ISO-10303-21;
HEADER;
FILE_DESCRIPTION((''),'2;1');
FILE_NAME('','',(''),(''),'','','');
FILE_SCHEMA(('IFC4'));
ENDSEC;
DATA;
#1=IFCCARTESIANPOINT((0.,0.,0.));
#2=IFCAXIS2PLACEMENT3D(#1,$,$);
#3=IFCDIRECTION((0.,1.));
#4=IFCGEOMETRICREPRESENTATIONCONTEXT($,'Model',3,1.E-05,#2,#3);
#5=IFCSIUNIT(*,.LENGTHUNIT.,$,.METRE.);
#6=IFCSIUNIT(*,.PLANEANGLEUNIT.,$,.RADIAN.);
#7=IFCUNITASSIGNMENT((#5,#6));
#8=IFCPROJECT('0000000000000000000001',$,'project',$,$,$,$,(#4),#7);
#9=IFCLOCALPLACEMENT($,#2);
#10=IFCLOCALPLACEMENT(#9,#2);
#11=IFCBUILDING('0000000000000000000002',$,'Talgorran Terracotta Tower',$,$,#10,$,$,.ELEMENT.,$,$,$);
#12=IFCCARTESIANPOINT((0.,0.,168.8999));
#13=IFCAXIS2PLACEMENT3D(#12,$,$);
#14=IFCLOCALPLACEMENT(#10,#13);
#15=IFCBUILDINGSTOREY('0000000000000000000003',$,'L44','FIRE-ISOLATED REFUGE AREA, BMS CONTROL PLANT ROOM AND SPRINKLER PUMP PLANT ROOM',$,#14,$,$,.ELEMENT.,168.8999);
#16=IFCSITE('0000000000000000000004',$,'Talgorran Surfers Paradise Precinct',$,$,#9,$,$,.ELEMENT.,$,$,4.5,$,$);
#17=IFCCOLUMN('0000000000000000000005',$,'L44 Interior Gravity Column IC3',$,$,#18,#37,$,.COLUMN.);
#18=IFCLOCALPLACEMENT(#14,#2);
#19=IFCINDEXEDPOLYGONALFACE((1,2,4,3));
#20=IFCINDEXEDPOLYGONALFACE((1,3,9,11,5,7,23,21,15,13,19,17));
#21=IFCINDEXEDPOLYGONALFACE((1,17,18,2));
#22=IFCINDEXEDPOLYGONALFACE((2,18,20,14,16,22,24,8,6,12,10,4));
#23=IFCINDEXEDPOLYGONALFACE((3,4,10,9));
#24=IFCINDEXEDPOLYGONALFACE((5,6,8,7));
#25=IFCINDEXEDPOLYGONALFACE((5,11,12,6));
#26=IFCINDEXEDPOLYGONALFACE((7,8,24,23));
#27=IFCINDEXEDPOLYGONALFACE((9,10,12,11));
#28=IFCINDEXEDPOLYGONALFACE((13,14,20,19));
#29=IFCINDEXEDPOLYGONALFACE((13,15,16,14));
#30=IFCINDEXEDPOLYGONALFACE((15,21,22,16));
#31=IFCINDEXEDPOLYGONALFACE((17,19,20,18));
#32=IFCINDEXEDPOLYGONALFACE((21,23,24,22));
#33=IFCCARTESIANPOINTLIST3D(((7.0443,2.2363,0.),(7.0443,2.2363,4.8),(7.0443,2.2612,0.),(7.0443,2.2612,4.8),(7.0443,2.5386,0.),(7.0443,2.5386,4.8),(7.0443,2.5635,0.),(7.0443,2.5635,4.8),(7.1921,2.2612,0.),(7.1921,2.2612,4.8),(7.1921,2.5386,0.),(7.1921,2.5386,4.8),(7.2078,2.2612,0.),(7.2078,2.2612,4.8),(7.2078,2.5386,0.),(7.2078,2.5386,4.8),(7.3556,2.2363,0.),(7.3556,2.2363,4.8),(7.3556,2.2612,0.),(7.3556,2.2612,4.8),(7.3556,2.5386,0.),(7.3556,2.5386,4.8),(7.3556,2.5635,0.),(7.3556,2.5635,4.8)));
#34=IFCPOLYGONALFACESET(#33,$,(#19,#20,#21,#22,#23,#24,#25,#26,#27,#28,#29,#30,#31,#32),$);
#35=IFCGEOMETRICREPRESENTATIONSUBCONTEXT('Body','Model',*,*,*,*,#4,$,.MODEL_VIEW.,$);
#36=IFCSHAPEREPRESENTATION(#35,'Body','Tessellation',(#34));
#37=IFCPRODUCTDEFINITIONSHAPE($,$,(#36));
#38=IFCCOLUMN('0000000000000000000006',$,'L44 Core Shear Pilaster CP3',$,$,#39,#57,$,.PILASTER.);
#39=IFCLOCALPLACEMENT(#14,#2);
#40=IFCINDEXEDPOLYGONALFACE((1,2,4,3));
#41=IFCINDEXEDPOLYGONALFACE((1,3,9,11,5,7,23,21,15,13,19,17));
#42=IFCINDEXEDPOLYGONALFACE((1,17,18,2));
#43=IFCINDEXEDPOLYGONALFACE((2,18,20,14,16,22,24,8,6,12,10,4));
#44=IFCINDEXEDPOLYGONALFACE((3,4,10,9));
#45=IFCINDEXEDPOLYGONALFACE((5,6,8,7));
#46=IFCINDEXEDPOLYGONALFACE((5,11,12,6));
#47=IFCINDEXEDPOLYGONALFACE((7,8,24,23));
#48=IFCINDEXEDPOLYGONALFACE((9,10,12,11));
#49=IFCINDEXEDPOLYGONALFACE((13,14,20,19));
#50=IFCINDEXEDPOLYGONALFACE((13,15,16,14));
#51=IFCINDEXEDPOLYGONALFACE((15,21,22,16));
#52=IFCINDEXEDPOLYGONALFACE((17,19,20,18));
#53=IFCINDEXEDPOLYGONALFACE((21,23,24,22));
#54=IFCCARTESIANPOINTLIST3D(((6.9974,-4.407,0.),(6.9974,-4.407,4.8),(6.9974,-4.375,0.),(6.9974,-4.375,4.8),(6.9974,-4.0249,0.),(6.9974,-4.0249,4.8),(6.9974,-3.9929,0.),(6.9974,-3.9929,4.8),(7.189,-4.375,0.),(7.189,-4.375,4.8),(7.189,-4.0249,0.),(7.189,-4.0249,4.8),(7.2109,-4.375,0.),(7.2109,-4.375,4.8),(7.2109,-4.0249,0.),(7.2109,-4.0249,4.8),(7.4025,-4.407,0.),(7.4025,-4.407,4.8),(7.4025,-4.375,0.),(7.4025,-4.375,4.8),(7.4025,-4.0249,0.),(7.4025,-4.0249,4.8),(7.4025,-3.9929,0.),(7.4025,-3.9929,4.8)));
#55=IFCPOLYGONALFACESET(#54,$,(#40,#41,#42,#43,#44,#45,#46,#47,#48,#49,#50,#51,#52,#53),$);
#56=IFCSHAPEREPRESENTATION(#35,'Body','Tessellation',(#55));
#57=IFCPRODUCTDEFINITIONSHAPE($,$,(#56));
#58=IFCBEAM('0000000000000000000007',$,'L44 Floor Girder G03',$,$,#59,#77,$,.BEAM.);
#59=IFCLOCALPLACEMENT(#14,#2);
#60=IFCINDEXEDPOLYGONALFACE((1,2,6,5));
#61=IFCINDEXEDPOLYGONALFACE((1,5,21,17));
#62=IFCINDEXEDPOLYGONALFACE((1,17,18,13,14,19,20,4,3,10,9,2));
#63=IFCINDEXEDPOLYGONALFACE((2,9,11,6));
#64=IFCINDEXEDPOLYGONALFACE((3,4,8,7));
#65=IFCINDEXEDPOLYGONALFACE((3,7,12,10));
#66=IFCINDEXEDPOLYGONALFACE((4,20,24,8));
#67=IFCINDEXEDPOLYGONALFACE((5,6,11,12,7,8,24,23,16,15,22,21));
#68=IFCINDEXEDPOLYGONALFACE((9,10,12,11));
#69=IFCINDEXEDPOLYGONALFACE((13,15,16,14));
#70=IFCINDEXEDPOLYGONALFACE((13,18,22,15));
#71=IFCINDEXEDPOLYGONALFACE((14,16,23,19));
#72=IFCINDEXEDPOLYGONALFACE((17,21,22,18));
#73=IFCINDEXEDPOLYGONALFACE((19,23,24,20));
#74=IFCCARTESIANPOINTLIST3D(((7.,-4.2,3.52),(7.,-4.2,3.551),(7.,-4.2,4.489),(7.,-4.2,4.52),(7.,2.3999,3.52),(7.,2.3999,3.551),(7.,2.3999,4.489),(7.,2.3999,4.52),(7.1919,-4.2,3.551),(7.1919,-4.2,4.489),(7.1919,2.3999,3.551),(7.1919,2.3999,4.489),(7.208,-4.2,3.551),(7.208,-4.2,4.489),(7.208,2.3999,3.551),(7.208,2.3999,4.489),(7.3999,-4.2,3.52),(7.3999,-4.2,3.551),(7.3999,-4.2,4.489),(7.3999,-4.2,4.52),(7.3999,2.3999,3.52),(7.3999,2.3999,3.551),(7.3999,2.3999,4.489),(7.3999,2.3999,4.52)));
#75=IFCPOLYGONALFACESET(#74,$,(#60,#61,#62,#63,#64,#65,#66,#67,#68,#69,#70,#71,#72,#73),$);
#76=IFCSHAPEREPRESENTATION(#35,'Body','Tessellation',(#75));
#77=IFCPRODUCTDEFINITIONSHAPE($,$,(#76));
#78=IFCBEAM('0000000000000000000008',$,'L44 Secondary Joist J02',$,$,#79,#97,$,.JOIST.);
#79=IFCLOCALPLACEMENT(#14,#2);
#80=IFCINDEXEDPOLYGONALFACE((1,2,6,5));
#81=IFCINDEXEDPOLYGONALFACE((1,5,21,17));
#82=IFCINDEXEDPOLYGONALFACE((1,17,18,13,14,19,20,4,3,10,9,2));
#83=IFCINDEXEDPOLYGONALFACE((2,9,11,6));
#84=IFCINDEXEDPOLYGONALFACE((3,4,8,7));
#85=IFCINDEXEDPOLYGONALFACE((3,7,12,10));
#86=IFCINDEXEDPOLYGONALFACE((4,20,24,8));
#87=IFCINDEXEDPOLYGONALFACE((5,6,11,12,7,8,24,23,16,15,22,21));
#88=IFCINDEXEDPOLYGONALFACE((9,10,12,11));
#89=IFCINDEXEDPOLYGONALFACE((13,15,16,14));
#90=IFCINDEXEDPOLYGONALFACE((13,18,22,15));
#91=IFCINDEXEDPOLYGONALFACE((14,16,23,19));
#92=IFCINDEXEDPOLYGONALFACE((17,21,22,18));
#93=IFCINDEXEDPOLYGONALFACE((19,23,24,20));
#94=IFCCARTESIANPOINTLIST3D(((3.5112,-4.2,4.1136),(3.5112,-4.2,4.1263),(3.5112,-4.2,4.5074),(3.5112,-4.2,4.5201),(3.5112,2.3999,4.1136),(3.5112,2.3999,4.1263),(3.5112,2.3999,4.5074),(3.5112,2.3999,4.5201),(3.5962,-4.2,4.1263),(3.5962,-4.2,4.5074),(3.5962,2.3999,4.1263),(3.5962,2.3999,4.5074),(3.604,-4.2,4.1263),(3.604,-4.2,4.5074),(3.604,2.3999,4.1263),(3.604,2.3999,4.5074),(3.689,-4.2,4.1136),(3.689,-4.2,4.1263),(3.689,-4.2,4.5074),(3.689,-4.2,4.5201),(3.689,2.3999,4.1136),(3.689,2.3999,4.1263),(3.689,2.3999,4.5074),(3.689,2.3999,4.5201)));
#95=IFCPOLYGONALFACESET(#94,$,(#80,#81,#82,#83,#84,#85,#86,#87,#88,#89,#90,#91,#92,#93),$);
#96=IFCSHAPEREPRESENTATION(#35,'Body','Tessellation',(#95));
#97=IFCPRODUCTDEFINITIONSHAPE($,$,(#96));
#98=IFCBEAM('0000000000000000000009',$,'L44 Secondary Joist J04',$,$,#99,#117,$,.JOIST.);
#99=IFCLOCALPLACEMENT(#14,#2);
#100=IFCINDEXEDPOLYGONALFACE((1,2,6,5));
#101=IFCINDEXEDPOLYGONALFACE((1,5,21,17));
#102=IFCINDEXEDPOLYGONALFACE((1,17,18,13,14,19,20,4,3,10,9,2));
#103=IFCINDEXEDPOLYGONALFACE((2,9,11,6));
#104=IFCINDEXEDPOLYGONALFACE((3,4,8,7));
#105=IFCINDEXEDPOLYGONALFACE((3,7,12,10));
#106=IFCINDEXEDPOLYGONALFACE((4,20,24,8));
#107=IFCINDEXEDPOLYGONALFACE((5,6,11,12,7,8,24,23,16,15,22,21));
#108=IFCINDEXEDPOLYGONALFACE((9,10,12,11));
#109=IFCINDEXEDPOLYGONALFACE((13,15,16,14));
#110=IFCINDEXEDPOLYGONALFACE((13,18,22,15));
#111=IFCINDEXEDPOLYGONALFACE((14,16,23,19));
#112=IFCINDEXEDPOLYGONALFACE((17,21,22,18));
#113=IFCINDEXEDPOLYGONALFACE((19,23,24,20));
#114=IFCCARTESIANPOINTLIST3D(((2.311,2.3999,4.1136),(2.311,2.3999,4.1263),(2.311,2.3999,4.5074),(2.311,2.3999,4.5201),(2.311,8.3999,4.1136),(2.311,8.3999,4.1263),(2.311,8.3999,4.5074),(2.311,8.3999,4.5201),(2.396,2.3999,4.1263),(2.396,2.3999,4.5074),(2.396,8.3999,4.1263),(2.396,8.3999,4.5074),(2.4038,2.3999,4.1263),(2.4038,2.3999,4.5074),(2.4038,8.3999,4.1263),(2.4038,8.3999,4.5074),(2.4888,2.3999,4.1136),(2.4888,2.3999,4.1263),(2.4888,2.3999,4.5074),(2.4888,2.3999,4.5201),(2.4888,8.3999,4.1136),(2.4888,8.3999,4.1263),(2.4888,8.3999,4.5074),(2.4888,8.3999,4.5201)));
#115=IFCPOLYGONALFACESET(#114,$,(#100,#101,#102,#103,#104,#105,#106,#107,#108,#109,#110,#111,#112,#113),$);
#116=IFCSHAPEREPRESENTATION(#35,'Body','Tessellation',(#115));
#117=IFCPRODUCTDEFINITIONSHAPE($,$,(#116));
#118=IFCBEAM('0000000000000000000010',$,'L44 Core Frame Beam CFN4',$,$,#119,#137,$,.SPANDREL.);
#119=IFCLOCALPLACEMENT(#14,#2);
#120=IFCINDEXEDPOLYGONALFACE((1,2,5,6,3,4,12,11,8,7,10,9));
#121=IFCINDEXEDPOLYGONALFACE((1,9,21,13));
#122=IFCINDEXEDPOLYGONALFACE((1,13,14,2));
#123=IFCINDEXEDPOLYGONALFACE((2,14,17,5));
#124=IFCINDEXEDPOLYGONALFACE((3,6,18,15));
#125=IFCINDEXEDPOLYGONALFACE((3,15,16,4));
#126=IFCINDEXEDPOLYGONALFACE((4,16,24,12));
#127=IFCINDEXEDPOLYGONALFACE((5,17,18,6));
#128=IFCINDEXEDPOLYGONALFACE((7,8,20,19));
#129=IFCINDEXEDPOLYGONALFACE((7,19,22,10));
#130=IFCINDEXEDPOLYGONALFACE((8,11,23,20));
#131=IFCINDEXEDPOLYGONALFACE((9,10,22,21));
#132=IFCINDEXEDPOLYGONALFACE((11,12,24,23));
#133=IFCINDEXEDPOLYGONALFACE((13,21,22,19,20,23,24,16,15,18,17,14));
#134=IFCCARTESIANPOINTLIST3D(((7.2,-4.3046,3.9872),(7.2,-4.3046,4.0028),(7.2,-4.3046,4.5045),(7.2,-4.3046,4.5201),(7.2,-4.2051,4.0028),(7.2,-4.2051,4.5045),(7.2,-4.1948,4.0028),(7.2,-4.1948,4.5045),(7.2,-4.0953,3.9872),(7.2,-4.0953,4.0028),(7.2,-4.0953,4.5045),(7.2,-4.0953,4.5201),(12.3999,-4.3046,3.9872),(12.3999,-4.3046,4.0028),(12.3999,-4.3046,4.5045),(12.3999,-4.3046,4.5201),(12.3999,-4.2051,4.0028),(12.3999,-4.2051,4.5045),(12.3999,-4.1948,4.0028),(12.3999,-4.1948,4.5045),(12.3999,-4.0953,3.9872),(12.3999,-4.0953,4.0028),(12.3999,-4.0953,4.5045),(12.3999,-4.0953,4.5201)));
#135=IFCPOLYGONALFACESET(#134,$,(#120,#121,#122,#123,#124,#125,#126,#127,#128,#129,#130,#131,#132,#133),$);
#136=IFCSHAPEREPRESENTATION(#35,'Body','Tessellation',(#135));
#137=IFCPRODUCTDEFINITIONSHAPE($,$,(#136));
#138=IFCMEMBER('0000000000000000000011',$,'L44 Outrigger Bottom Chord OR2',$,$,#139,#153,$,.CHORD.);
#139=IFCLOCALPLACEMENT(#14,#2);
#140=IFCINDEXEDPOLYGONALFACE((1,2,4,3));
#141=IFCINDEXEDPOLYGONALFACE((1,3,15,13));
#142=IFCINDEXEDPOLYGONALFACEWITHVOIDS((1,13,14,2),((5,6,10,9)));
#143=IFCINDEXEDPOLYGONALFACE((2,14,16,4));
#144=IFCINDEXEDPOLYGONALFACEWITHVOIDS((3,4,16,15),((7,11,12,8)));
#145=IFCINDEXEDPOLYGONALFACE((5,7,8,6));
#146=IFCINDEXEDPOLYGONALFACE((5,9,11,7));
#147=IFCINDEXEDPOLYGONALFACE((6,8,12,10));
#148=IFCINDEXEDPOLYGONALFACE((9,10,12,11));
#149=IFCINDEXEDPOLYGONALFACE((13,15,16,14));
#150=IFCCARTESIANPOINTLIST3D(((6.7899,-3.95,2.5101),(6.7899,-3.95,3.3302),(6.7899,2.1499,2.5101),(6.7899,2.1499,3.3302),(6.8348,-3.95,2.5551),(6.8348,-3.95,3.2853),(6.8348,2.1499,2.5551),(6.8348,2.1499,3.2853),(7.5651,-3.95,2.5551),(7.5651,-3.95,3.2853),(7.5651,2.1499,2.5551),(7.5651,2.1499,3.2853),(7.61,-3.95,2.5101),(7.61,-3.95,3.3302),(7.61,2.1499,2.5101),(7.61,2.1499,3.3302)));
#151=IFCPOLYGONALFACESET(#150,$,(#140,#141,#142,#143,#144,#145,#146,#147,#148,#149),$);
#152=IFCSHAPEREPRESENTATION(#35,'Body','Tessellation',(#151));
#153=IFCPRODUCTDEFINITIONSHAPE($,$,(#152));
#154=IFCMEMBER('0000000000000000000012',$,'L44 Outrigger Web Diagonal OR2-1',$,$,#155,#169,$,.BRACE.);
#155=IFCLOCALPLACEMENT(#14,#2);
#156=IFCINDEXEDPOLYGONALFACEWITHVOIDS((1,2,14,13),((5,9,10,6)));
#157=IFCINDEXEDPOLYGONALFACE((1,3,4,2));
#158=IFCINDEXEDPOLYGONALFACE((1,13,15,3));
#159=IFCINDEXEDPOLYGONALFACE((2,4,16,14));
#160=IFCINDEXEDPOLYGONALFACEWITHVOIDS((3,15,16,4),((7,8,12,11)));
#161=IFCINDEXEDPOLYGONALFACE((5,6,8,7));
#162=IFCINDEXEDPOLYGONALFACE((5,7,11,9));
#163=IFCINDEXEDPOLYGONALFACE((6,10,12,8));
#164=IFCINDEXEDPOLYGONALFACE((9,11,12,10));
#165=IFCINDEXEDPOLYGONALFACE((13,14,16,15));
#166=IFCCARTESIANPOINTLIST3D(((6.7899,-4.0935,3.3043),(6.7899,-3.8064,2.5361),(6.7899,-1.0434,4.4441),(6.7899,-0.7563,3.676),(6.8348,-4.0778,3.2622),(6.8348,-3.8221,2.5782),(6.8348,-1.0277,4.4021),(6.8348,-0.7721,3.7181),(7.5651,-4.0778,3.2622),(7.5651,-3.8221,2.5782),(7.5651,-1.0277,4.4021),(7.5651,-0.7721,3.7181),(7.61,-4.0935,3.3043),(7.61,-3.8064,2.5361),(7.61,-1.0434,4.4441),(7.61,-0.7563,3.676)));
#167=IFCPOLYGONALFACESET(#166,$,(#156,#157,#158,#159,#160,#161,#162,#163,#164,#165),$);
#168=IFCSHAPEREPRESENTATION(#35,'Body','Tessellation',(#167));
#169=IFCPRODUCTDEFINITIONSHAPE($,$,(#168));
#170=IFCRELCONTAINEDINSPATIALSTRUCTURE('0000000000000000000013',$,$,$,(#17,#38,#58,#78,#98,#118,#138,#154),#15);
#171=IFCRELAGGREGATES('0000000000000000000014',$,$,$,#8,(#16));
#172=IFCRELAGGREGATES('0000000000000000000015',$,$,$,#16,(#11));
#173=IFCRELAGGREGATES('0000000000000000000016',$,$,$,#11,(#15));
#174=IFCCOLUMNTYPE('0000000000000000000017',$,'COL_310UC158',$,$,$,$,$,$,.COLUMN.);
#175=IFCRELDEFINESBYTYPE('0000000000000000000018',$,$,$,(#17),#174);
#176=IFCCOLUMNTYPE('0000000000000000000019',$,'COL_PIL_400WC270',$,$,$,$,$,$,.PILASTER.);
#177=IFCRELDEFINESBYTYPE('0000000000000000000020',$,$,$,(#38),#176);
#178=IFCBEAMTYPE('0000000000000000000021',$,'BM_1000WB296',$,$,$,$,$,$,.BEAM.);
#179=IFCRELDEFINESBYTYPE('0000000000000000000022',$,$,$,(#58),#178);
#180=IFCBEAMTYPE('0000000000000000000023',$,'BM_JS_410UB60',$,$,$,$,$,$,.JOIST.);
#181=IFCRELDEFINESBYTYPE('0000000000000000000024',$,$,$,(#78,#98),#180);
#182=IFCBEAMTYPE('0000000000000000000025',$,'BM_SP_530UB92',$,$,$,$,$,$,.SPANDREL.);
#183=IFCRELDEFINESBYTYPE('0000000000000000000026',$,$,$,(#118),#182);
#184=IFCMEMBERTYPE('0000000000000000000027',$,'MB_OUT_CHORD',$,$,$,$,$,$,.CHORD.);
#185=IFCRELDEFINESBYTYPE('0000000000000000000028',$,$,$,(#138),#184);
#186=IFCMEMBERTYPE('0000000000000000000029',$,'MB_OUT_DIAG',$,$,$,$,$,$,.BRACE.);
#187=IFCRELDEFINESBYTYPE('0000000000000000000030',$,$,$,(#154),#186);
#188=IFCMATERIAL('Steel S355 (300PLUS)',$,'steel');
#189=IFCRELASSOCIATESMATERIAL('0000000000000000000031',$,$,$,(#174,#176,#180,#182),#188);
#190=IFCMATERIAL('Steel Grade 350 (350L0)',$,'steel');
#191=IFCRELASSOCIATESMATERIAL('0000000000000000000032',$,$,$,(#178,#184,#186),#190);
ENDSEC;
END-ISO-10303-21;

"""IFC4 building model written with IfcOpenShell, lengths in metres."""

from ifc_helpers import new_model, si_unit, direction, frame, origin, origin_2d, place, context, subcontext, project, spatial, hollow_rectangle, i_section, extrude, material, material_profile, profile_set, type_object, element, save


model = new_model("IFC4")

# Units and contexts
model_context = context("Model", 3, precision=1e-05, world=origin(), true_north=direction((0.0, 1.0)))
body_context = subcontext(model_context, "Body", "Model", "MODEL_VIEW")
ifc_project = project(units=[si_unit("LENGTHUNIT", "METRE"), si_unit("PLANEANGLEUNIT", "RADIAN")], contexts=[model_context])

# Site, building, storey
site_placement = place(None, origin())
site = spatial("IfcSite", under=ifc_project, at=site_placement, Name="Talgorran Surfers Paradise Precinct", CompositionType="ELEMENT", RefElevation=4.5)
building_placement = place(site_placement, origin())
building = spatial("IfcBuilding", under=site, at=building_placement, Name="Talgorran Terracotta Tower", CompositionType="ELEMENT")
storey_placement = place(building_placement, frame((0.0, 0.0, 168.8999)))
storey = spatial("IfcBuildingStorey", under=building, at=storey_placement, Name="L44", Description="FIRE-ISOLATED REFUGE AREA, BMS CONTROL PLANT ROOM AND SPRINKLER PUMP PLANT ROOM", CompositionType="ELEMENT", Elevation=168.8999)

# Columns
ifc_material_1 = material(Name="Steel S355 (300PLUS)", Category="steel")
ifc_material_profile_1 = material_profile(ifc_material_1, i_section(OverallWidth=0.3113, OverallDepth=0.3271, WebThickness=0.0156, FlangeThickness=0.0249, at=origin_2d()), Name="310UC158")
ifc_profile_set_1 = profile_set([ifc_material_profile_1], Name="Steel S355 (300PLUS)")
column_type_1 = type_object("IfcColumnType", Name="COL_310UC158", PredefinedType="COLUMN", material=ifc_profile_set_1)
column_1_placement = place(storey_placement, frame((7.2, 2.3999, 0.0), z_axis=(0.0, 0.0, 1.0), x_axis=(1.0, 0.0, 0.0)))
element("IfcColumn", 1, at=column_1_placement, inside=storey, type_object=column_type_1, Name="L44 Interior Gravity Column IC3", PredefinedType="COLUMN", context=body_context, shape_type="SweptSolid", body=[
    extrude(i_section(OverallWidth=0.3113, OverallDepth=0.3271, WebThickness=0.0156, FlangeThickness=0.0249, at=origin_2d()), origin(), (0.0, 0.0, 1.0), 4.8),
])
ifc_material_profile_2 = material_profile(ifc_material_1, i_section(OverallWidth=0.405, OverallDepth=0.4141, WebThickness=0.022, FlangeThickness=0.032, at=origin_2d()), Name="400WC270")
ifc_profile_set_2 = profile_set([ifc_material_profile_2], Name="Steel S355 (300PLUS)")
column_type_2 = type_object("IfcColumnType", Name="COL_PIL_400WC270", PredefinedType="PILASTER", material=ifc_profile_set_2)
column_2_placement = place(storey_placement, frame((7.2, -4.2, 0.0), z_axis=(0.0, 0.0, 1.0), x_axis=(1.0, 0.0, 0.0)))
element("IfcColumn", 2, at=column_2_placement, inside=storey, type_object=column_type_2, Name="L44 Core Shear Pilaster CP3", PredefinedType="PILASTER", context=body_context, shape_type="SweptSolid", body=[
    extrude(i_section(OverallWidth=0.405, OverallDepth=0.4141, WebThickness=0.022, FlangeThickness=0.032, at=origin_2d()), origin(), (0.0, 0.0, 1.0), 4.8),
])

# Beams
ifc_material_2 = material(Name="Steel Grade 350 (350L0)", Category="steel")
ifc_material_profile_3 = material_profile(ifc_material_2, i_section(OverallWidth=0.3999, OverallDepth=1.0, WebThickness=0.0161, FlangeThickness=0.031, at=origin_2d()), Name="1000WB296")
ifc_profile_set_3 = profile_set([ifc_material_profile_3], Name="Steel Grade 350 (350L0)")
beam_type_1 = type_object("IfcBeamType", Name="BM_1000WB296", PredefinedType="BEAM", material=ifc_profile_set_3)
beam_1_placement = place(storey_placement, frame((7.2, -4.2, 4.02), z_axis=(0.0, 1.0, 0.0), x_axis=(-1.0, 0.0, 0.0)))
element("IfcBeam", 3, at=beam_1_placement, inside=storey, type_object=beam_type_1, Name="L44 Floor Girder G03", PredefinedType="BEAM", context=body_context, shape_type="SweptSolid", body=[
    extrude(i_section(OverallWidth=0.3999, OverallDepth=1.0, WebThickness=0.0161, FlangeThickness=0.031, at=origin_2d()), origin(), (0.0, 0.0, 1.0), 6.5999),
])
ifc_material_profile_4 = material_profile(ifc_material_1, i_section(OverallWidth=0.1777, OverallDepth=0.4065, WebThickness=0.0078, FlangeThickness=0.0127, at=origin_2d()), Name="410UB59.7")
ifc_profile_set_4 = profile_set([ifc_material_profile_4], Name="Steel S355 (300PLUS)")
beam_type_2 = type_object("IfcBeamType", Name="BM_JS_410UB60", PredefinedType="JOIST", material=ifc_profile_set_4)
beam_2_placement = place(storey_placement, frame((3.6001, -4.2, 4.3169), z_axis=(0.0, 1.0, 0.0), x_axis=(-1.0, 0.0, 0.0)))
element("IfcBeam", 4, at=beam_2_placement, inside=storey, type_object=beam_type_2, Name="L44 Secondary Joist J02", PredefinedType="JOIST", context=body_context, shape_type="SweptSolid", body=[
    extrude(i_section(OverallWidth=0.1777, OverallDepth=0.4065, WebThickness=0.0078, FlangeThickness=0.0127, at=origin_2d()), origin(), (0.0, 0.0, 1.0), 6.5999),
])
beam_3_placement = place(storey_placement, frame((2.3999, 2.3999, 4.3169), z_axis=(0.0, 1.0, 0.0), x_axis=(-1.0, 0.0, 0.0)))
element("IfcBeam", 5, at=beam_3_placement, inside=storey, type_object=beam_type_2, Name="L44 Secondary Joist J04", PredefinedType="JOIST", context=body_context, shape_type="SweptSolid", body=[
    extrude(i_section(OverallWidth=0.1777, OverallDepth=0.4065, WebThickness=0.0078, FlangeThickness=0.0127, at=origin_2d()), origin(), (0.0, 0.0, 1.0), 6.0),
])
ifc_material_profile_5 = material_profile(ifc_material_1, i_section(OverallWidth=0.2092, OverallDepth=0.533, WebThickness=0.0103, FlangeThickness=0.0156, at=origin_2d()), Name="530UB92.4")
ifc_profile_set_5 = profile_set([ifc_material_profile_5], Name="Steel S355 (300PLUS)")
beam_type_3 = type_object("IfcBeamType", Name="BM_SP_530UB92", PredefinedType="SPANDREL", material=ifc_profile_set_5)
beam_4_placement = place(storey_placement, frame((7.2, -4.2, 4.2537), z_axis=(1.0, 0.0, 0.0), x_axis=(0.0, 1.0, 0.0)))
element("IfcBeam", 6, at=beam_4_placement, inside=storey, type_object=beam_type_3, Name="L44 Core Frame Beam CFN4", PredefinedType="SPANDREL", context=body_context, shape_type="SweptSolid", body=[
    extrude(i_section(OverallWidth=0.2092, OverallDepth=0.533, WebThickness=0.0103, FlangeThickness=0.0156, at=origin_2d()), origin(), (0.0, 0.0, 1.0), 5.2),
])

# Members
ifc_material_profile_6 = material_profile(ifc_material_2, hollow_rectangle(XDim=0.8201, YDim=0.8201, WallThickness=0.0449, at=origin_2d()), Name="WBOX820X820X45")
ifc_profile_set_6 = profile_set([ifc_material_profile_6], Name="Steel Grade 350 (350L0)")
member_type_1 = type_object("IfcMemberType", Name="MB_OUT_CHORD", PredefinedType="CHORD", material=ifc_profile_set_6)
member_1_placement = place(storey_placement, frame((7.2, -3.95, 2.9202), z_axis=(0.0, 1.0, 0.0), x_axis=(-1.0, 0.0, 0.0)))
element("IfcMember", 7, at=member_1_placement, inside=storey, type_object=member_type_1, Name="L44 Outrigger Bottom Chord OR2", PredefinedType="CHORD", context=body_context, shape_type="SweptSolid", body=[
    extrude(hollow_rectangle(XDim=0.8201, YDim=0.8201, WallThickness=0.0449, at=origin_2d()), origin(), (0.0, 0.0, 1.0), 6.0999),
])
ifc_material_profile_7 = material_profile(ifc_material_2, hollow_rectangle(XDim=0.8201, YDim=0.8201, WallThickness=0.0449, at=origin_2d()), Name="WBOX820X820X45")
ifc_profile_set_7 = profile_set([ifc_material_profile_7], Name="Steel Grade 350 (350L0)")
member_type_2 = type_object("IfcMemberType", Name="MB_OUT_DIAG", PredefinedType="BRACE", material=ifc_profile_set_7)
member_2_placement = place(storey_placement, frame((7.2, -3.95, 2.9202), z_axis=(0.0, 0.93672, 0.35008), x_axis=(-1.0, 0.0, 0.0)))
element("IfcMember", 8, at=member_2_placement, inside=storey, type_object=member_type_2, Name="L44 Outrigger Web Diagonal OR2-1", PredefinedType="BRACE", context=body_context, shape_type="SweptSolid", body=[
    extrude(hollow_rectangle(XDim=0.8201, YDim=0.8201, WallThickness=0.0449, at=origin_2d()), origin(), (0.0, 0.0, 1.0), 3.2561),
])

save(model, "model.ifc")
